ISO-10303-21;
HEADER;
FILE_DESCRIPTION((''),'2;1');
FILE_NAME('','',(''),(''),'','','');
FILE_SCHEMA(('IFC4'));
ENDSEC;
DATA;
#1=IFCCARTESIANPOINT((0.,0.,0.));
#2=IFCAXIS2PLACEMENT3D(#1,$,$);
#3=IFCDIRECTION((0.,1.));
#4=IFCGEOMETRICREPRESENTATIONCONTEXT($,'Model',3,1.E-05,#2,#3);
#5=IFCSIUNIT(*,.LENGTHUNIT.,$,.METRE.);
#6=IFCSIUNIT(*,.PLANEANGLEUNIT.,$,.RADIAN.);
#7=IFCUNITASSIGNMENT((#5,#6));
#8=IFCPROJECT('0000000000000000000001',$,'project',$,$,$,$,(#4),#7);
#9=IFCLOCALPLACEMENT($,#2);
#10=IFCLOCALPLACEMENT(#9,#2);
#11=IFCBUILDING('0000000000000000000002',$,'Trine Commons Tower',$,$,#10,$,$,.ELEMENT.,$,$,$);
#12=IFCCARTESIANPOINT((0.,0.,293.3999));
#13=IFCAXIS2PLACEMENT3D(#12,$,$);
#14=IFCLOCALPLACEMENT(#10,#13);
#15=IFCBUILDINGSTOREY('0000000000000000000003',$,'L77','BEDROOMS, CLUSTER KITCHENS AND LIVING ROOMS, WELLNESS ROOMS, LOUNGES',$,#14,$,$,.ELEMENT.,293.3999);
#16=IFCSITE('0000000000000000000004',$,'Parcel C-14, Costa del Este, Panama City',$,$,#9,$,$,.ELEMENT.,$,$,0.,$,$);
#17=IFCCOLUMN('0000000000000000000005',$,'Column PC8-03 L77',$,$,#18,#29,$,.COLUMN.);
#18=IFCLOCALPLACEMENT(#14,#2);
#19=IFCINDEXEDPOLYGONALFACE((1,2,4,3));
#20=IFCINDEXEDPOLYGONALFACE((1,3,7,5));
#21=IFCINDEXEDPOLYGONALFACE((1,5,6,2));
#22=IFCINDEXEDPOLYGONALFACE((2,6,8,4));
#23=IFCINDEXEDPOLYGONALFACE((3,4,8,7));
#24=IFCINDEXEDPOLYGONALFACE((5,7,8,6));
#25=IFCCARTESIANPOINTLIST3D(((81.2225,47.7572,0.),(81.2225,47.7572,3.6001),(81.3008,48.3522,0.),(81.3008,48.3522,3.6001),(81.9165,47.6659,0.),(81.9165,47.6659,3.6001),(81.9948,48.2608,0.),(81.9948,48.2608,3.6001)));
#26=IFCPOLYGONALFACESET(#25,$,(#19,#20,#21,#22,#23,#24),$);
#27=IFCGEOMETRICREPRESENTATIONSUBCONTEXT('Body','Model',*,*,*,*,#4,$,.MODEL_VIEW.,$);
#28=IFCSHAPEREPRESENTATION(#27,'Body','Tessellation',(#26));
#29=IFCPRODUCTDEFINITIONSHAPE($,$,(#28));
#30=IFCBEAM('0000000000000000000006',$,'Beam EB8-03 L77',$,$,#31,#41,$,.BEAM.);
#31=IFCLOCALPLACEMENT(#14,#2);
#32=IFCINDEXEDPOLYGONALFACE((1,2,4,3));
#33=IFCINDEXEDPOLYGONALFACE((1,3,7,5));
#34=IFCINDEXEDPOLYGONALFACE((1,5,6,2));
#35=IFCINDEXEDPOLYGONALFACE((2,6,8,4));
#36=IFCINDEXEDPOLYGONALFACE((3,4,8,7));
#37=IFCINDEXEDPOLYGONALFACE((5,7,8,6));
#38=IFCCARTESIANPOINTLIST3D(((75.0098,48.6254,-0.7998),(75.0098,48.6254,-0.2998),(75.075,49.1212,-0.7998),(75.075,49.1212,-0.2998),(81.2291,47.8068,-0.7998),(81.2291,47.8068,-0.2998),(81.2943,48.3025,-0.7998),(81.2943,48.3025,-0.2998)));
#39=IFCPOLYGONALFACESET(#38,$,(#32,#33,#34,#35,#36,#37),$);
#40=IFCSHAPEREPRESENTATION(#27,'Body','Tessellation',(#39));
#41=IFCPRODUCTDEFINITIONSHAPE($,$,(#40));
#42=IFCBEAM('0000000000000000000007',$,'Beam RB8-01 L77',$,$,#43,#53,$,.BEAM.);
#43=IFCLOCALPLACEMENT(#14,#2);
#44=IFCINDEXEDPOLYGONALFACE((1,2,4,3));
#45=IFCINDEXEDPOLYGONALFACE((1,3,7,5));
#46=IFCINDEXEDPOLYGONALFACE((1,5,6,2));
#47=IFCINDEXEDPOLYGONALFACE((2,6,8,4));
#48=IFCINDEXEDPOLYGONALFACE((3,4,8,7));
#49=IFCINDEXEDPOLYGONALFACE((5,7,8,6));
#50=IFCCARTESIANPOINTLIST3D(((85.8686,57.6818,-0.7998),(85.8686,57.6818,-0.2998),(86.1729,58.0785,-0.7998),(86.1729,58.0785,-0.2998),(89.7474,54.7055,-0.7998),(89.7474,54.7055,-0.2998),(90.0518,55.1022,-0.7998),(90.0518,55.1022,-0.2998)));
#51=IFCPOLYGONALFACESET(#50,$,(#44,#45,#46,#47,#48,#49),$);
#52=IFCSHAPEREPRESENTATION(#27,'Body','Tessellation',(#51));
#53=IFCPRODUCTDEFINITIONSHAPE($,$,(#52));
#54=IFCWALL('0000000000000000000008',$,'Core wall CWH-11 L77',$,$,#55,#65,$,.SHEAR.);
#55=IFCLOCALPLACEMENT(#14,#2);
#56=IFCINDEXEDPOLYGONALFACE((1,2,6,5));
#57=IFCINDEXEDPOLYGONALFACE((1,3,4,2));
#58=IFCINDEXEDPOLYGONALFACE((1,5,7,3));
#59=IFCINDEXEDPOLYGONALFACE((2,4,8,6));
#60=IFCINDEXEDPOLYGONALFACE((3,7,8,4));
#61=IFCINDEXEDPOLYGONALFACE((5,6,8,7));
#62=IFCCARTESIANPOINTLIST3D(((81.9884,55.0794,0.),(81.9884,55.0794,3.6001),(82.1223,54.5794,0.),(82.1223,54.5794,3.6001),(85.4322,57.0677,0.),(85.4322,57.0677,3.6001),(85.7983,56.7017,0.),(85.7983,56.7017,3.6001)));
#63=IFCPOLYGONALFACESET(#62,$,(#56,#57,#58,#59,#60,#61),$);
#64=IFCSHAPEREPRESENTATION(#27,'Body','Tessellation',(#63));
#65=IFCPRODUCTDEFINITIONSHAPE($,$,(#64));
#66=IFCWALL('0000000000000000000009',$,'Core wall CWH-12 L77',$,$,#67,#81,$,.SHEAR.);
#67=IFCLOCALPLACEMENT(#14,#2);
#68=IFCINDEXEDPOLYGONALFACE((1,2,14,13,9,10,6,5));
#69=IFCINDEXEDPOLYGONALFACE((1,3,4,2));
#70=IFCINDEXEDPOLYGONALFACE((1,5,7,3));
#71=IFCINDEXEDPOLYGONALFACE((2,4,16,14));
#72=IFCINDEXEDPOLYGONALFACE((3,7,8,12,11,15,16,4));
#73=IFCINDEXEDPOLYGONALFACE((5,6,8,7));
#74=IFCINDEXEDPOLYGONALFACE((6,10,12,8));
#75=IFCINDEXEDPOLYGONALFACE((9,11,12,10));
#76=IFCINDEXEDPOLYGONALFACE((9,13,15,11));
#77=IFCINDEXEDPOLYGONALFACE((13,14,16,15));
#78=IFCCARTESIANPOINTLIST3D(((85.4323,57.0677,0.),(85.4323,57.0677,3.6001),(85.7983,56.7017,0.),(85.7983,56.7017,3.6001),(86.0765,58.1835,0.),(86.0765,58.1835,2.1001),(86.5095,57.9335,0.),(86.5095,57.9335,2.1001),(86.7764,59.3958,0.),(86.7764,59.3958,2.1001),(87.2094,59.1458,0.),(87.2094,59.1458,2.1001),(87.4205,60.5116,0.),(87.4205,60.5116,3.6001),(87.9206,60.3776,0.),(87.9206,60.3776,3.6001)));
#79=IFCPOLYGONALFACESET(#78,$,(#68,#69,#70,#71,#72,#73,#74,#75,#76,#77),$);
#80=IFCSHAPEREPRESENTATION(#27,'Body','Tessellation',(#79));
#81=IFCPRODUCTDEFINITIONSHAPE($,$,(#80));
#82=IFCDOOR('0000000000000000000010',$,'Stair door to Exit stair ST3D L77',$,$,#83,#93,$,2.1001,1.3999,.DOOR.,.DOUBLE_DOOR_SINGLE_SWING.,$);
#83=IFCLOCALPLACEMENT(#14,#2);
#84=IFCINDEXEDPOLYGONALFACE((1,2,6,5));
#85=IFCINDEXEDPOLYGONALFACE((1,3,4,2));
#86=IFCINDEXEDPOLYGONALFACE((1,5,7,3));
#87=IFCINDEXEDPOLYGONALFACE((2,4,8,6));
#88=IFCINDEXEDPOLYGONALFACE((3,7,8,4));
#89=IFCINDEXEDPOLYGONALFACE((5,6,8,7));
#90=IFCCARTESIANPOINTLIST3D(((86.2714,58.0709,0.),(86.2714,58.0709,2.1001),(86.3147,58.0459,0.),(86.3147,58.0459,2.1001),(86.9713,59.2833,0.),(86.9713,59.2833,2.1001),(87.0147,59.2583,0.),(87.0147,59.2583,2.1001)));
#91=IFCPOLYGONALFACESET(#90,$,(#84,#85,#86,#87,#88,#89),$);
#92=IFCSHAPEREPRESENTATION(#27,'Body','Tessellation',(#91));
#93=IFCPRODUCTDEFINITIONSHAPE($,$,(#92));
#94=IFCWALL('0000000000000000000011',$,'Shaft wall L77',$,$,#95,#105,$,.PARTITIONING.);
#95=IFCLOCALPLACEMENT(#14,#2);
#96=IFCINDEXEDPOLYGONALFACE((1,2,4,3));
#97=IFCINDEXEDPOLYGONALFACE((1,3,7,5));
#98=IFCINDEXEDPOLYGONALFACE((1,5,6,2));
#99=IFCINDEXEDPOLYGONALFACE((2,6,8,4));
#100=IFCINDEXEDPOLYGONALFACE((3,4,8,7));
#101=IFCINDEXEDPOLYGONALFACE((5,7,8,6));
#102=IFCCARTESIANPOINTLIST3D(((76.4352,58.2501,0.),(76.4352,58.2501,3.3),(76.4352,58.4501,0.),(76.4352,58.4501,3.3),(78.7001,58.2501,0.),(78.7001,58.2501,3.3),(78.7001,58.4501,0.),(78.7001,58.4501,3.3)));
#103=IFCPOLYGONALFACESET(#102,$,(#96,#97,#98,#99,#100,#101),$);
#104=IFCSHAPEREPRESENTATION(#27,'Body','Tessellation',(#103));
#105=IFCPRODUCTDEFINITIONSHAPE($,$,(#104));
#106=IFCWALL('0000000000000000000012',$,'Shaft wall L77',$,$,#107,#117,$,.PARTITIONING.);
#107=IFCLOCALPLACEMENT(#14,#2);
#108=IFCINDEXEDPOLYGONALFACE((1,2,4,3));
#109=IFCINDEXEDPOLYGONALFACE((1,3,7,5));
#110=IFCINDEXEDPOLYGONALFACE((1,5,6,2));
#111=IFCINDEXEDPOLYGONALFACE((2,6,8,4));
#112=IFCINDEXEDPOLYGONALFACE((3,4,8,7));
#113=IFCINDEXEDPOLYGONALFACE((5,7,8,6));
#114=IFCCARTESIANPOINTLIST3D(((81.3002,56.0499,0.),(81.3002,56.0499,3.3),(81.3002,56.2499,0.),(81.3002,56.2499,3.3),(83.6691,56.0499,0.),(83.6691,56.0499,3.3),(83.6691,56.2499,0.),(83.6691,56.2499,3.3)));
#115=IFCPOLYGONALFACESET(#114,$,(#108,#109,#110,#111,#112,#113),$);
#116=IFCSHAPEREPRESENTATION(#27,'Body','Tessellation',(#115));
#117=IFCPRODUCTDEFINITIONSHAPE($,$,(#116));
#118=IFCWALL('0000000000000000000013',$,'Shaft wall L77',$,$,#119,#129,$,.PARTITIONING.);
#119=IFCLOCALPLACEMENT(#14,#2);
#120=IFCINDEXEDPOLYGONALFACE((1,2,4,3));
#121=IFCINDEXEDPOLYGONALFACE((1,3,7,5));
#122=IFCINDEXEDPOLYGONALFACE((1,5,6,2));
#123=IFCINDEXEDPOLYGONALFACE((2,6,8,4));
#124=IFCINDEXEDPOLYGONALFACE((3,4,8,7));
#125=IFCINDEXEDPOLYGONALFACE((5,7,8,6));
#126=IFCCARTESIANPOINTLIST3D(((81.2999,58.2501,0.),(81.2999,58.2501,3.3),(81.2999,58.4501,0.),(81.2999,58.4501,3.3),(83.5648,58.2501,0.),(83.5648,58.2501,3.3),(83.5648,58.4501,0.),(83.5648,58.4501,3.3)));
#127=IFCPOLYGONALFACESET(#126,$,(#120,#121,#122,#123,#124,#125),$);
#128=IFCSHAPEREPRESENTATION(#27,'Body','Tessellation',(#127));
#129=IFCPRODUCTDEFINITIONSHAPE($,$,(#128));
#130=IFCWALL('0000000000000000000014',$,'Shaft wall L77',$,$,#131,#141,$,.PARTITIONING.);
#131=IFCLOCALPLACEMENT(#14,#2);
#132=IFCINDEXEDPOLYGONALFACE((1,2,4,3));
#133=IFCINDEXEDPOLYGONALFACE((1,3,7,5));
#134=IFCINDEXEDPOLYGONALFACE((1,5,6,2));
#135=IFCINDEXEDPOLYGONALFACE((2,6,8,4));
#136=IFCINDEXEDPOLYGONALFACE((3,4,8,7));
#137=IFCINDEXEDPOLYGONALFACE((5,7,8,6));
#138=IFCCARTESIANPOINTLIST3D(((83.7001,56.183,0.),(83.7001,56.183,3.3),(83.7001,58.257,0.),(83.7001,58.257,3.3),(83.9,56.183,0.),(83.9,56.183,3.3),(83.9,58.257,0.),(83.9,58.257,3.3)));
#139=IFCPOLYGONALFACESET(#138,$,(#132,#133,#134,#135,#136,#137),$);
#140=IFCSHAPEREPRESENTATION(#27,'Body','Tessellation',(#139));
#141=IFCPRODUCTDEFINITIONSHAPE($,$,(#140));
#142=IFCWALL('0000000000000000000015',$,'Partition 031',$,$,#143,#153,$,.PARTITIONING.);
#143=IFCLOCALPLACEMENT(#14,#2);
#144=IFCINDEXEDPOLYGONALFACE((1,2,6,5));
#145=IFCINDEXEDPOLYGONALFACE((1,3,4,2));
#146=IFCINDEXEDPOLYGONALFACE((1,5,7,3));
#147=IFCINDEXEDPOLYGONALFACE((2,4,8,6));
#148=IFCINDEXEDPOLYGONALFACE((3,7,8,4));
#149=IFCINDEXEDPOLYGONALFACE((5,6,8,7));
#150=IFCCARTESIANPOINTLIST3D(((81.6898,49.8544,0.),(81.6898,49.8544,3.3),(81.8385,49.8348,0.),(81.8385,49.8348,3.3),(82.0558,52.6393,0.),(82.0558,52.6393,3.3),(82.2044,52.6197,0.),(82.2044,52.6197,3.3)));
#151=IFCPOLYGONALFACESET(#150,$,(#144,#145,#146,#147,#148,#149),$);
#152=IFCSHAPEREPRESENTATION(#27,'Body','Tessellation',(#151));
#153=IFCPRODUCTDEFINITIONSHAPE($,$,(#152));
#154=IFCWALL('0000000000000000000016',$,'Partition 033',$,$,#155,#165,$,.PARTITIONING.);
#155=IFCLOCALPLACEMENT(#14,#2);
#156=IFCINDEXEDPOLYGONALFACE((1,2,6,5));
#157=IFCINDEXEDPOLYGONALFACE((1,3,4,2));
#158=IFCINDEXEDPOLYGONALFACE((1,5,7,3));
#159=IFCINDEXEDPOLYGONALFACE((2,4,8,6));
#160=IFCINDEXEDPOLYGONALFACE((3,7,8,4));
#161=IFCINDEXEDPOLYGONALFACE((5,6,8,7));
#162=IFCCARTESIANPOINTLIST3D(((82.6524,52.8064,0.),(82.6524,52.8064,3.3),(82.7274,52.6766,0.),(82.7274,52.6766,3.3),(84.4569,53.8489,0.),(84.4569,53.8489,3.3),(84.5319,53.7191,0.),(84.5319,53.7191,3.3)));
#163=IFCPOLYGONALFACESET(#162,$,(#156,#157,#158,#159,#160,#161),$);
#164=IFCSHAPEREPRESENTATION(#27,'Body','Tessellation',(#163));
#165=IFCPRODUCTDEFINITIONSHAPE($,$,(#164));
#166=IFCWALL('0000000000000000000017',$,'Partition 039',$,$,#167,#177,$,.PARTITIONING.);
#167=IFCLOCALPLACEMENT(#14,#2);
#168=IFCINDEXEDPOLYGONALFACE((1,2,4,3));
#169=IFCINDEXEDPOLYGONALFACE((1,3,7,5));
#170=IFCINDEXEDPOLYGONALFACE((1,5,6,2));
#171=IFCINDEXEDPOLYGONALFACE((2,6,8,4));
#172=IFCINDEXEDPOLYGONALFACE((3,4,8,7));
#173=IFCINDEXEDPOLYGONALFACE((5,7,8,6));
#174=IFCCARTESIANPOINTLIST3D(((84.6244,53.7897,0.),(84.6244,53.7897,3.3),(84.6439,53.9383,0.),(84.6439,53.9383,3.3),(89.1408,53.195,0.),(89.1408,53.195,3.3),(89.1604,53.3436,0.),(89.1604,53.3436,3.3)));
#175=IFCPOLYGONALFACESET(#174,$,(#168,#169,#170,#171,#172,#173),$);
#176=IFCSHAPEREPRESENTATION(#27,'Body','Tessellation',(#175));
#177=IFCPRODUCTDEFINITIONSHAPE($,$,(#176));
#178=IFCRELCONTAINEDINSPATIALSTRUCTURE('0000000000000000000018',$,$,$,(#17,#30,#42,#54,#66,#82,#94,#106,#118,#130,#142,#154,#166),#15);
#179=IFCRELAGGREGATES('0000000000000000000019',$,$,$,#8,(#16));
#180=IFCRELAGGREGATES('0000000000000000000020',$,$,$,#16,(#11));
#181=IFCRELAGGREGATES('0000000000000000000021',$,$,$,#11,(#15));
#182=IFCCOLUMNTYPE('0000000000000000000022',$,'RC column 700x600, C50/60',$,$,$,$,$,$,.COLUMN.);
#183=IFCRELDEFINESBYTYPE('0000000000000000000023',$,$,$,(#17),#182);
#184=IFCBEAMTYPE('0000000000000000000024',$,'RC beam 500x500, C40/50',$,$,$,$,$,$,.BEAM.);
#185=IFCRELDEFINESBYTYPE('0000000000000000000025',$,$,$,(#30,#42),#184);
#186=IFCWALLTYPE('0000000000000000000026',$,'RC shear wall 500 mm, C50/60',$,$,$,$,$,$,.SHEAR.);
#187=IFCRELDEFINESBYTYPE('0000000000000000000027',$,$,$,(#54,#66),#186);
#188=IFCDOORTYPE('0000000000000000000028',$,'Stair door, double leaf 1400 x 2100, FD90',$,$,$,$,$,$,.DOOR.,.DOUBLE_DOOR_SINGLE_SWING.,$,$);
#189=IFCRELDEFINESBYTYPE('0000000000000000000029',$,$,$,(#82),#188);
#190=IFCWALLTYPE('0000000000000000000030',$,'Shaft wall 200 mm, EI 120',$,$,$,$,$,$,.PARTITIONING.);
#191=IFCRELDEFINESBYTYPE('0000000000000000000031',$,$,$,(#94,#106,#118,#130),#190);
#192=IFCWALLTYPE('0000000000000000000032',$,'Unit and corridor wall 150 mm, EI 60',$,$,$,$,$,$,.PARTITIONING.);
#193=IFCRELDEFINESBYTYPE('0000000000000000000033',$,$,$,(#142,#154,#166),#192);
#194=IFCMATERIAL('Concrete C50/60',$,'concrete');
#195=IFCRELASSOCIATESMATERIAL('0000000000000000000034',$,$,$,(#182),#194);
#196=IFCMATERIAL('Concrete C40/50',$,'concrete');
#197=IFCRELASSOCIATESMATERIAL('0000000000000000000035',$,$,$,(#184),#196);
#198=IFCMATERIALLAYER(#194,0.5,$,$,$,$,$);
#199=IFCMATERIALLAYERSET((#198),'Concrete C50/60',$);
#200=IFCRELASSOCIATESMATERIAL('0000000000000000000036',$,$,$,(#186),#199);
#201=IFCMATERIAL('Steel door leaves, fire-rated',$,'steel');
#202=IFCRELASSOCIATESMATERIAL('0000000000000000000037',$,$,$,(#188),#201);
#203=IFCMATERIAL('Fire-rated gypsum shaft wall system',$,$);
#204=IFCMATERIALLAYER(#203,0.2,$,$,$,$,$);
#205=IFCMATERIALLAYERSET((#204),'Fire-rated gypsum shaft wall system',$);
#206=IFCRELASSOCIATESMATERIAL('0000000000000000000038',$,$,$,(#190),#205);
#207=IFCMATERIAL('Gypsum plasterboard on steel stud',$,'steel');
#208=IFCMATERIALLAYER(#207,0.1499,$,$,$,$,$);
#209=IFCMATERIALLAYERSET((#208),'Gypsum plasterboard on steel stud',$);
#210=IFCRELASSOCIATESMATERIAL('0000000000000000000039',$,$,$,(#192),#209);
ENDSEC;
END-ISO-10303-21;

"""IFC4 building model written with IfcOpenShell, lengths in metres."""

from ifc_helpers import new_model, si_unit, direction, frame, frame_2d, origin, origin_2d, place, context, subcontext, project, spatial, polyline, rectangle, outline, extrude, material, layer, layer_set, material_profile, profile_set, type_object, element, fill, save


model = new_model("IFC4")

# Units and contexts
model_context = context("Model", 3, precision=1e-05, world=origin(), true_north=direction((0.0, 1.0)))
body_context = subcontext(model_context, "Body", "Model", "MODEL_VIEW")
ifc_project = project(units=[si_unit("LENGTHUNIT", "METRE"), si_unit("PLANEANGLEUNIT", "RADIAN")], contexts=[model_context])

# Site, building, storey
site_placement = place(None, origin())
site = spatial("IfcSite", under=ifc_project, at=site_placement, Name="Parcel C-14, Costa del Este, Panama City", CompositionType="ELEMENT", RefElevation=0.0)
building_placement = place(site_placement, origin())
building = spatial("IfcBuilding", under=site, at=building_placement, Name="Trine Commons Tower", CompositionType="ELEMENT")
storey_placement = place(building_placement, frame((0.0, 0.0, 293.3999)))
storey = spatial("IfcBuildingStorey", under=building, at=storey_placement, Name="L77", Description="BEDROOMS, CLUSTER KITCHENS AND LIVING ROOMS, WELLNESS ROOMS, LOUNGES", CompositionType="ELEMENT", Elevation=293.3999)

# Column
ifc_material_1 = material(Name="Concrete C50/60", Category="concrete")
ifc_material_profile_1 = material_profile(ifc_material_1, rectangle(XDim=0.7, YDim=0.6001, at=origin_2d()), Name="RC 700x600")
ifc_profile_set_1 = profile_set([ifc_material_profile_1], Name="Concrete C50/60")
column_type = type_object("IfcColumnType", Name="RC column 700x600, C50/60", PredefinedType="COLUMN", material=ifc_profile_set_1)
column_placement = place(storey_placement, frame((81.6086, 48.009, 0.0), z_axis=(0.0, 0.0, 1.0), x_axis=(-0.991445, 0.130526, 0.0)))
element("IfcColumn", 1, at=column_placement, inside=storey, type_object=column_type, Name="Column PC8-03 L77", PredefinedType="COLUMN", context=body_context, shape_type="SweptSolid", body=[
    extrude(rectangle(XDim=0.7, YDim=0.6001, at=origin_2d()), origin(), (0.0, 0.0, 1.0), 3.6001),
])

# Beams
ifc_material_2 = material(Name="Concrete C40/50", Category="concrete")
ifc_material_profile_2 = material_profile(ifc_material_2, rectangle(XDim=0.5, YDim=0.5, at=origin_2d()), Name="RC 500x500")
ifc_profile_set_2 = profile_set([ifc_material_profile_2], Name="Concrete C40/50")
beam_type = type_object("IfcBeamType", Name="RC beam 500x500, C40/50", PredefinedType="BEAM", material=ifc_profile_set_2)
beam_1_placement = place(storey_placement, frame((81.2617, 48.0547, -0.5498), z_axis=(-0.991448, 0.130499, 0.0), x_axis=(-0.130499, -0.991448, 0.0)))
element("IfcBeam", 2, at=beam_1_placement, inside=storey, type_object=beam_type, Name="Beam EB8-03 L77", PredefinedType="BEAM", context=body_context, shape_type="SweptSolid", body=[
    extrude(rectangle(XDim=0.5, YDim=0.5, at=origin_2d()), origin(), (0.0, 0.0, 1.0), 6.2729),
])
beam_2_placement = place(storey_placement, frame((86.0208, 57.8801, -0.5498), z_axis=(0.79336, -0.608752, 0.0), x_axis=(0.608752, 0.79336, 0.0)))
element("IfcBeam", 3, at=beam_2_placement, inside=storey, type_object=beam_type, Name="Beam RB8-01 L77", PredefinedType="BEAM", context=body_context, shape_type="SweptSolid", body=[
    extrude(rectangle(XDim=0.5, YDim=0.5, at=origin_2d()), origin(), (0.0, 0.0, 1.0), 4.8892),
])

# Wall
ifc_layer_1 = layer(ifc_material_1, 0.5)
ifc_layer_set_1 = layer_set([ifc_layer_1], Name="Concrete C50/60")
wall_type_1 = type_object("IfcWallType", Name="RC shear wall 500 mm, C50/60", PredefinedType="SHEAR", material=ifc_layer_set_1)
wall_1_placement = place(storey_placement, frame((81.9973, 54.7959, 0.0), z_axis=(0.0, 0.0, 1.0), x_axis=(0.866029, 0.499993, 0.0)))
element("IfcWall", 4, at=wall_1_placement, inside=storey, type_object=wall_type_1, Name="Core wall CWH-11 L77", PredefinedType="SHEAR", context=body_context, shape_type="SweptSolid", body=[
    extrude(outline(polyline([(0.0, -0.25), (4.2446, -0.25), (4.1106, 0.25), (0.134, 0.25), (0.0, -0.25)])), origin(), (0.0, 0.0, 1.0), 3.6001),
])

# Wall, opening, door
wall_2_placement = place(storey_placement, frame((85.5818, 56.8267, 0.0), z_axis=(0.0, 0.0, 1.0), x_axis=(0.499993, 0.866029, 0.0)))
wall_2 = element("IfcWall", 5, at=wall_2_placement, inside=storey, type_object=wall_type_1, Name="Core wall CWH-12 L77", PredefinedType="SHEAR", context=body_context, shape_type="SweptSolid", body=[
    extrude(outline(polyline([(0.0, -0.25), (4.2446, -0.25), (4.1106, 0.25), (0.134, 0.25), (0.0, -0.25)])), origin(), (0.0, 0.0, 1.0), 3.6001),
])
opening_1_placement = place(wall_2_placement, frame((1.4224, 0.0, 0.0)))
opening_1 = element("IfcOpeningElement", 6, at=opening_1_placement, cuts=wall_2, PredefinedType="OPENING", context=body_context, shape_type="SweptSolid", body=[
    extrude(rectangle(XDim=1.3999, YDim=2.1001, at=frame_2d((0.7, 1.05))), frame((0.0, 0.26, 0.0), z_axis=(0.0, -1.0, 0.0), x_axis=(1.0, 0.0, 0.0)), (0.0, 0.0, 1.0), 0.52),
])
ifc_material_3 = material(Name="Steel door leaves, fire-rated", Category="steel")
door_type_1 = type_object("IfcDoorType", Name="Stair door, double leaf 1400 x 2100, FD90", OperationType="DOUBLE_DOOR_SINGLE_SWING", PredefinedType="DOOR", material=ifc_material_3)
door_1_placement = place(opening_1_placement, origin())
door_1 = element("IfcDoor", 7, at=door_1_placement, inside=storey, type_object=door_type_1, Name="Stair door to Exit stair ST3D L77", OperationType="DOUBLE_DOOR_SINGLE_SWING", OverallHeight=2.1001, OverallWidth=1.3999, PredefinedType="DOOR", context=body_context, shape_type="SweptSolid", body=[
    extrude(rectangle(XDim=1.3999, YDim=2.1001, at=frame_2d((0.7, 1.05))), frame((0.0, 0.0249, 0.0), z_axis=(0.0, -1.0, 0.0), x_axis=(1.0, 0.0, 0.0)), (0.0, 0.0, 1.0), 0.05),
])
fill(opening_1, door_1)

# Walls
ifc_material_4 = material(Name="Fire-rated gypsum shaft wall system")
ifc_layer_2 = layer(ifc_material_4, 0.2)
ifc_layer_set_2 = layer_set([ifc_layer_2], Name="Fire-rated gypsum shaft wall system")
wall_type_2 = type_object("IfcWallType", Name="Shaft wall 200 mm, EI 120", PredefinedType="PARTITIONING", material=ifc_layer_set_2)
wall_3_placement = place(storey_placement, frame((78.7, 58.3501, 0.0), z_axis=(0.0, 0.0, 1.0), x_axis=(-1.0, 0.0, 0.0)))
element("IfcWall", 8, at=wall_3_placement, inside=storey, type_object=wall_type_2, Name="Shaft wall L77", PredefinedType="PARTITIONING", context=body_context, shape_type="SweptSolid", body=[
    extrude(rectangle(XDim=2.2649, YDim=0.2, at=frame_2d((1.1323, 0.0))), origin(), (0.0, 0.0, 1.0), 3.3),
])
wall_4_placement = place(storey_placement, frame((81.3, 56.1499, 0.0), z_axis=(0.0, 0.0, 1.0), x_axis=(1.0, 0.0, 0.0)))
element("IfcWall", 9, at=wall_4_placement, inside=storey, type_object=wall_type_2, Name="Shaft wall L77", PredefinedType="PARTITIONING", context=body_context, shape_type="SweptSolid", body=[
    extrude(rectangle(XDim=2.3689, YDim=0.2, at=frame_2d((1.1846, 0.0))), origin(), (0.0, 0.0, 1.0), 3.3),
])
wall_5_placement = place(storey_placement, frame((81.3, 58.3501, 0.0), z_axis=(0.0, 0.0, 1.0), x_axis=(1.0, 0.0, 0.0)))
element("IfcWall", 10, at=wall_5_placement, inside=storey, type_object=wall_type_2, Name="Shaft wall L77", PredefinedType="PARTITIONING", context=body_context, shape_type="SweptSolid", body=[
    extrude(rectangle(XDim=2.2649, YDim=0.2, at=frame_2d((1.1323, 0.0))), origin(), (0.0, 0.0, 1.0), 3.3),
])
wall_6_placement = place(storey_placement, frame((83.8, 58.2571, 0.0), z_axis=(0.0, 0.0, 1.0), x_axis=(0.0, -1.0, 0.0)))
element("IfcWall", 11, at=wall_6_placement, inside=storey, type_object=wall_type_2, Name="Shaft wall L77", PredefinedType="PARTITIONING", context=body_context, shape_type="SweptSolid", body=[
    extrude(rectangle(XDim=2.074, YDim=0.2, at=frame_2d((1.0371, 0.0))), origin(), (0.0, 0.0, 1.0), 3.3),
])
ifc_material_5 = material(Name="Gypsum plasterboard on steel stud", Category="steel")
ifc_layer_3 = layer(ifc_material_5, 0.1499)
ifc_layer_set_3 = layer_set([ifc_layer_3], Name="Gypsum plasterboard on steel stud")
wall_type_3 = type_object("IfcWallType", Name="Unit and corridor wall 150 mm, EI 60", PredefinedType="PARTITIONING", material=ifc_layer_set_3)
wall_7_placement = place(storey_placement, frame((81.7642, 49.8447, 0.0), z_axis=(0.0, 0.0, 1.0), x_axis=(0.13029, 0.991476, 0.0)))
element("IfcWall", 12, at=wall_7_placement, inside=storey, type_object=wall_type_3, Name="Partition 031", PredefinedType="PARTITIONING", context=body_context, shape_type="SweptSolid", body=[
    extrude(rectangle(XDim=2.8088, YDim=0.1499, at=frame_2d((1.4043, 0.0))), origin(), (0.0, 0.0, 1.0), 3.3),
])
wall_8_placement = place(storey_placement, frame((82.6899, 52.7415, 0.0), z_axis=(0.0, 0.0, 1.0), x_axis=(0.865883, 0.500246, 0.0)))
element("IfcWall", 13, at=wall_8_placement, inside=storey, type_object=wall_type_3, Name="Partition 033", PredefinedType="PARTITIONING", context=body_context, shape_type="SweptSolid", body=[
    extrude(rectangle(XDim=2.084, YDim=0.1499, at=frame_2d((1.042, 0.0))), origin(), (0.0, 0.0, 1.0), 3.3),
])
wall_9_placement = place(storey_placement, frame((84.634, 53.864, 0.0), z_axis=(0.0, 0.0, 1.0), x_axis=(0.991441, -0.130556, 0.0)))
element("IfcWall", 14, at=wall_9_placement, inside=storey, type_object=wall_type_3, Name="Partition 039", PredefinedType="PARTITIONING", context=body_context, shape_type="SweptSolid", body=[
    extrude(rectangle(XDim=4.5554, YDim=0.1499, at=frame_2d((2.2778, 0.0))), origin(), (0.0, 0.0, 1.0), 3.3),
])

save(model, "model.ifc")
